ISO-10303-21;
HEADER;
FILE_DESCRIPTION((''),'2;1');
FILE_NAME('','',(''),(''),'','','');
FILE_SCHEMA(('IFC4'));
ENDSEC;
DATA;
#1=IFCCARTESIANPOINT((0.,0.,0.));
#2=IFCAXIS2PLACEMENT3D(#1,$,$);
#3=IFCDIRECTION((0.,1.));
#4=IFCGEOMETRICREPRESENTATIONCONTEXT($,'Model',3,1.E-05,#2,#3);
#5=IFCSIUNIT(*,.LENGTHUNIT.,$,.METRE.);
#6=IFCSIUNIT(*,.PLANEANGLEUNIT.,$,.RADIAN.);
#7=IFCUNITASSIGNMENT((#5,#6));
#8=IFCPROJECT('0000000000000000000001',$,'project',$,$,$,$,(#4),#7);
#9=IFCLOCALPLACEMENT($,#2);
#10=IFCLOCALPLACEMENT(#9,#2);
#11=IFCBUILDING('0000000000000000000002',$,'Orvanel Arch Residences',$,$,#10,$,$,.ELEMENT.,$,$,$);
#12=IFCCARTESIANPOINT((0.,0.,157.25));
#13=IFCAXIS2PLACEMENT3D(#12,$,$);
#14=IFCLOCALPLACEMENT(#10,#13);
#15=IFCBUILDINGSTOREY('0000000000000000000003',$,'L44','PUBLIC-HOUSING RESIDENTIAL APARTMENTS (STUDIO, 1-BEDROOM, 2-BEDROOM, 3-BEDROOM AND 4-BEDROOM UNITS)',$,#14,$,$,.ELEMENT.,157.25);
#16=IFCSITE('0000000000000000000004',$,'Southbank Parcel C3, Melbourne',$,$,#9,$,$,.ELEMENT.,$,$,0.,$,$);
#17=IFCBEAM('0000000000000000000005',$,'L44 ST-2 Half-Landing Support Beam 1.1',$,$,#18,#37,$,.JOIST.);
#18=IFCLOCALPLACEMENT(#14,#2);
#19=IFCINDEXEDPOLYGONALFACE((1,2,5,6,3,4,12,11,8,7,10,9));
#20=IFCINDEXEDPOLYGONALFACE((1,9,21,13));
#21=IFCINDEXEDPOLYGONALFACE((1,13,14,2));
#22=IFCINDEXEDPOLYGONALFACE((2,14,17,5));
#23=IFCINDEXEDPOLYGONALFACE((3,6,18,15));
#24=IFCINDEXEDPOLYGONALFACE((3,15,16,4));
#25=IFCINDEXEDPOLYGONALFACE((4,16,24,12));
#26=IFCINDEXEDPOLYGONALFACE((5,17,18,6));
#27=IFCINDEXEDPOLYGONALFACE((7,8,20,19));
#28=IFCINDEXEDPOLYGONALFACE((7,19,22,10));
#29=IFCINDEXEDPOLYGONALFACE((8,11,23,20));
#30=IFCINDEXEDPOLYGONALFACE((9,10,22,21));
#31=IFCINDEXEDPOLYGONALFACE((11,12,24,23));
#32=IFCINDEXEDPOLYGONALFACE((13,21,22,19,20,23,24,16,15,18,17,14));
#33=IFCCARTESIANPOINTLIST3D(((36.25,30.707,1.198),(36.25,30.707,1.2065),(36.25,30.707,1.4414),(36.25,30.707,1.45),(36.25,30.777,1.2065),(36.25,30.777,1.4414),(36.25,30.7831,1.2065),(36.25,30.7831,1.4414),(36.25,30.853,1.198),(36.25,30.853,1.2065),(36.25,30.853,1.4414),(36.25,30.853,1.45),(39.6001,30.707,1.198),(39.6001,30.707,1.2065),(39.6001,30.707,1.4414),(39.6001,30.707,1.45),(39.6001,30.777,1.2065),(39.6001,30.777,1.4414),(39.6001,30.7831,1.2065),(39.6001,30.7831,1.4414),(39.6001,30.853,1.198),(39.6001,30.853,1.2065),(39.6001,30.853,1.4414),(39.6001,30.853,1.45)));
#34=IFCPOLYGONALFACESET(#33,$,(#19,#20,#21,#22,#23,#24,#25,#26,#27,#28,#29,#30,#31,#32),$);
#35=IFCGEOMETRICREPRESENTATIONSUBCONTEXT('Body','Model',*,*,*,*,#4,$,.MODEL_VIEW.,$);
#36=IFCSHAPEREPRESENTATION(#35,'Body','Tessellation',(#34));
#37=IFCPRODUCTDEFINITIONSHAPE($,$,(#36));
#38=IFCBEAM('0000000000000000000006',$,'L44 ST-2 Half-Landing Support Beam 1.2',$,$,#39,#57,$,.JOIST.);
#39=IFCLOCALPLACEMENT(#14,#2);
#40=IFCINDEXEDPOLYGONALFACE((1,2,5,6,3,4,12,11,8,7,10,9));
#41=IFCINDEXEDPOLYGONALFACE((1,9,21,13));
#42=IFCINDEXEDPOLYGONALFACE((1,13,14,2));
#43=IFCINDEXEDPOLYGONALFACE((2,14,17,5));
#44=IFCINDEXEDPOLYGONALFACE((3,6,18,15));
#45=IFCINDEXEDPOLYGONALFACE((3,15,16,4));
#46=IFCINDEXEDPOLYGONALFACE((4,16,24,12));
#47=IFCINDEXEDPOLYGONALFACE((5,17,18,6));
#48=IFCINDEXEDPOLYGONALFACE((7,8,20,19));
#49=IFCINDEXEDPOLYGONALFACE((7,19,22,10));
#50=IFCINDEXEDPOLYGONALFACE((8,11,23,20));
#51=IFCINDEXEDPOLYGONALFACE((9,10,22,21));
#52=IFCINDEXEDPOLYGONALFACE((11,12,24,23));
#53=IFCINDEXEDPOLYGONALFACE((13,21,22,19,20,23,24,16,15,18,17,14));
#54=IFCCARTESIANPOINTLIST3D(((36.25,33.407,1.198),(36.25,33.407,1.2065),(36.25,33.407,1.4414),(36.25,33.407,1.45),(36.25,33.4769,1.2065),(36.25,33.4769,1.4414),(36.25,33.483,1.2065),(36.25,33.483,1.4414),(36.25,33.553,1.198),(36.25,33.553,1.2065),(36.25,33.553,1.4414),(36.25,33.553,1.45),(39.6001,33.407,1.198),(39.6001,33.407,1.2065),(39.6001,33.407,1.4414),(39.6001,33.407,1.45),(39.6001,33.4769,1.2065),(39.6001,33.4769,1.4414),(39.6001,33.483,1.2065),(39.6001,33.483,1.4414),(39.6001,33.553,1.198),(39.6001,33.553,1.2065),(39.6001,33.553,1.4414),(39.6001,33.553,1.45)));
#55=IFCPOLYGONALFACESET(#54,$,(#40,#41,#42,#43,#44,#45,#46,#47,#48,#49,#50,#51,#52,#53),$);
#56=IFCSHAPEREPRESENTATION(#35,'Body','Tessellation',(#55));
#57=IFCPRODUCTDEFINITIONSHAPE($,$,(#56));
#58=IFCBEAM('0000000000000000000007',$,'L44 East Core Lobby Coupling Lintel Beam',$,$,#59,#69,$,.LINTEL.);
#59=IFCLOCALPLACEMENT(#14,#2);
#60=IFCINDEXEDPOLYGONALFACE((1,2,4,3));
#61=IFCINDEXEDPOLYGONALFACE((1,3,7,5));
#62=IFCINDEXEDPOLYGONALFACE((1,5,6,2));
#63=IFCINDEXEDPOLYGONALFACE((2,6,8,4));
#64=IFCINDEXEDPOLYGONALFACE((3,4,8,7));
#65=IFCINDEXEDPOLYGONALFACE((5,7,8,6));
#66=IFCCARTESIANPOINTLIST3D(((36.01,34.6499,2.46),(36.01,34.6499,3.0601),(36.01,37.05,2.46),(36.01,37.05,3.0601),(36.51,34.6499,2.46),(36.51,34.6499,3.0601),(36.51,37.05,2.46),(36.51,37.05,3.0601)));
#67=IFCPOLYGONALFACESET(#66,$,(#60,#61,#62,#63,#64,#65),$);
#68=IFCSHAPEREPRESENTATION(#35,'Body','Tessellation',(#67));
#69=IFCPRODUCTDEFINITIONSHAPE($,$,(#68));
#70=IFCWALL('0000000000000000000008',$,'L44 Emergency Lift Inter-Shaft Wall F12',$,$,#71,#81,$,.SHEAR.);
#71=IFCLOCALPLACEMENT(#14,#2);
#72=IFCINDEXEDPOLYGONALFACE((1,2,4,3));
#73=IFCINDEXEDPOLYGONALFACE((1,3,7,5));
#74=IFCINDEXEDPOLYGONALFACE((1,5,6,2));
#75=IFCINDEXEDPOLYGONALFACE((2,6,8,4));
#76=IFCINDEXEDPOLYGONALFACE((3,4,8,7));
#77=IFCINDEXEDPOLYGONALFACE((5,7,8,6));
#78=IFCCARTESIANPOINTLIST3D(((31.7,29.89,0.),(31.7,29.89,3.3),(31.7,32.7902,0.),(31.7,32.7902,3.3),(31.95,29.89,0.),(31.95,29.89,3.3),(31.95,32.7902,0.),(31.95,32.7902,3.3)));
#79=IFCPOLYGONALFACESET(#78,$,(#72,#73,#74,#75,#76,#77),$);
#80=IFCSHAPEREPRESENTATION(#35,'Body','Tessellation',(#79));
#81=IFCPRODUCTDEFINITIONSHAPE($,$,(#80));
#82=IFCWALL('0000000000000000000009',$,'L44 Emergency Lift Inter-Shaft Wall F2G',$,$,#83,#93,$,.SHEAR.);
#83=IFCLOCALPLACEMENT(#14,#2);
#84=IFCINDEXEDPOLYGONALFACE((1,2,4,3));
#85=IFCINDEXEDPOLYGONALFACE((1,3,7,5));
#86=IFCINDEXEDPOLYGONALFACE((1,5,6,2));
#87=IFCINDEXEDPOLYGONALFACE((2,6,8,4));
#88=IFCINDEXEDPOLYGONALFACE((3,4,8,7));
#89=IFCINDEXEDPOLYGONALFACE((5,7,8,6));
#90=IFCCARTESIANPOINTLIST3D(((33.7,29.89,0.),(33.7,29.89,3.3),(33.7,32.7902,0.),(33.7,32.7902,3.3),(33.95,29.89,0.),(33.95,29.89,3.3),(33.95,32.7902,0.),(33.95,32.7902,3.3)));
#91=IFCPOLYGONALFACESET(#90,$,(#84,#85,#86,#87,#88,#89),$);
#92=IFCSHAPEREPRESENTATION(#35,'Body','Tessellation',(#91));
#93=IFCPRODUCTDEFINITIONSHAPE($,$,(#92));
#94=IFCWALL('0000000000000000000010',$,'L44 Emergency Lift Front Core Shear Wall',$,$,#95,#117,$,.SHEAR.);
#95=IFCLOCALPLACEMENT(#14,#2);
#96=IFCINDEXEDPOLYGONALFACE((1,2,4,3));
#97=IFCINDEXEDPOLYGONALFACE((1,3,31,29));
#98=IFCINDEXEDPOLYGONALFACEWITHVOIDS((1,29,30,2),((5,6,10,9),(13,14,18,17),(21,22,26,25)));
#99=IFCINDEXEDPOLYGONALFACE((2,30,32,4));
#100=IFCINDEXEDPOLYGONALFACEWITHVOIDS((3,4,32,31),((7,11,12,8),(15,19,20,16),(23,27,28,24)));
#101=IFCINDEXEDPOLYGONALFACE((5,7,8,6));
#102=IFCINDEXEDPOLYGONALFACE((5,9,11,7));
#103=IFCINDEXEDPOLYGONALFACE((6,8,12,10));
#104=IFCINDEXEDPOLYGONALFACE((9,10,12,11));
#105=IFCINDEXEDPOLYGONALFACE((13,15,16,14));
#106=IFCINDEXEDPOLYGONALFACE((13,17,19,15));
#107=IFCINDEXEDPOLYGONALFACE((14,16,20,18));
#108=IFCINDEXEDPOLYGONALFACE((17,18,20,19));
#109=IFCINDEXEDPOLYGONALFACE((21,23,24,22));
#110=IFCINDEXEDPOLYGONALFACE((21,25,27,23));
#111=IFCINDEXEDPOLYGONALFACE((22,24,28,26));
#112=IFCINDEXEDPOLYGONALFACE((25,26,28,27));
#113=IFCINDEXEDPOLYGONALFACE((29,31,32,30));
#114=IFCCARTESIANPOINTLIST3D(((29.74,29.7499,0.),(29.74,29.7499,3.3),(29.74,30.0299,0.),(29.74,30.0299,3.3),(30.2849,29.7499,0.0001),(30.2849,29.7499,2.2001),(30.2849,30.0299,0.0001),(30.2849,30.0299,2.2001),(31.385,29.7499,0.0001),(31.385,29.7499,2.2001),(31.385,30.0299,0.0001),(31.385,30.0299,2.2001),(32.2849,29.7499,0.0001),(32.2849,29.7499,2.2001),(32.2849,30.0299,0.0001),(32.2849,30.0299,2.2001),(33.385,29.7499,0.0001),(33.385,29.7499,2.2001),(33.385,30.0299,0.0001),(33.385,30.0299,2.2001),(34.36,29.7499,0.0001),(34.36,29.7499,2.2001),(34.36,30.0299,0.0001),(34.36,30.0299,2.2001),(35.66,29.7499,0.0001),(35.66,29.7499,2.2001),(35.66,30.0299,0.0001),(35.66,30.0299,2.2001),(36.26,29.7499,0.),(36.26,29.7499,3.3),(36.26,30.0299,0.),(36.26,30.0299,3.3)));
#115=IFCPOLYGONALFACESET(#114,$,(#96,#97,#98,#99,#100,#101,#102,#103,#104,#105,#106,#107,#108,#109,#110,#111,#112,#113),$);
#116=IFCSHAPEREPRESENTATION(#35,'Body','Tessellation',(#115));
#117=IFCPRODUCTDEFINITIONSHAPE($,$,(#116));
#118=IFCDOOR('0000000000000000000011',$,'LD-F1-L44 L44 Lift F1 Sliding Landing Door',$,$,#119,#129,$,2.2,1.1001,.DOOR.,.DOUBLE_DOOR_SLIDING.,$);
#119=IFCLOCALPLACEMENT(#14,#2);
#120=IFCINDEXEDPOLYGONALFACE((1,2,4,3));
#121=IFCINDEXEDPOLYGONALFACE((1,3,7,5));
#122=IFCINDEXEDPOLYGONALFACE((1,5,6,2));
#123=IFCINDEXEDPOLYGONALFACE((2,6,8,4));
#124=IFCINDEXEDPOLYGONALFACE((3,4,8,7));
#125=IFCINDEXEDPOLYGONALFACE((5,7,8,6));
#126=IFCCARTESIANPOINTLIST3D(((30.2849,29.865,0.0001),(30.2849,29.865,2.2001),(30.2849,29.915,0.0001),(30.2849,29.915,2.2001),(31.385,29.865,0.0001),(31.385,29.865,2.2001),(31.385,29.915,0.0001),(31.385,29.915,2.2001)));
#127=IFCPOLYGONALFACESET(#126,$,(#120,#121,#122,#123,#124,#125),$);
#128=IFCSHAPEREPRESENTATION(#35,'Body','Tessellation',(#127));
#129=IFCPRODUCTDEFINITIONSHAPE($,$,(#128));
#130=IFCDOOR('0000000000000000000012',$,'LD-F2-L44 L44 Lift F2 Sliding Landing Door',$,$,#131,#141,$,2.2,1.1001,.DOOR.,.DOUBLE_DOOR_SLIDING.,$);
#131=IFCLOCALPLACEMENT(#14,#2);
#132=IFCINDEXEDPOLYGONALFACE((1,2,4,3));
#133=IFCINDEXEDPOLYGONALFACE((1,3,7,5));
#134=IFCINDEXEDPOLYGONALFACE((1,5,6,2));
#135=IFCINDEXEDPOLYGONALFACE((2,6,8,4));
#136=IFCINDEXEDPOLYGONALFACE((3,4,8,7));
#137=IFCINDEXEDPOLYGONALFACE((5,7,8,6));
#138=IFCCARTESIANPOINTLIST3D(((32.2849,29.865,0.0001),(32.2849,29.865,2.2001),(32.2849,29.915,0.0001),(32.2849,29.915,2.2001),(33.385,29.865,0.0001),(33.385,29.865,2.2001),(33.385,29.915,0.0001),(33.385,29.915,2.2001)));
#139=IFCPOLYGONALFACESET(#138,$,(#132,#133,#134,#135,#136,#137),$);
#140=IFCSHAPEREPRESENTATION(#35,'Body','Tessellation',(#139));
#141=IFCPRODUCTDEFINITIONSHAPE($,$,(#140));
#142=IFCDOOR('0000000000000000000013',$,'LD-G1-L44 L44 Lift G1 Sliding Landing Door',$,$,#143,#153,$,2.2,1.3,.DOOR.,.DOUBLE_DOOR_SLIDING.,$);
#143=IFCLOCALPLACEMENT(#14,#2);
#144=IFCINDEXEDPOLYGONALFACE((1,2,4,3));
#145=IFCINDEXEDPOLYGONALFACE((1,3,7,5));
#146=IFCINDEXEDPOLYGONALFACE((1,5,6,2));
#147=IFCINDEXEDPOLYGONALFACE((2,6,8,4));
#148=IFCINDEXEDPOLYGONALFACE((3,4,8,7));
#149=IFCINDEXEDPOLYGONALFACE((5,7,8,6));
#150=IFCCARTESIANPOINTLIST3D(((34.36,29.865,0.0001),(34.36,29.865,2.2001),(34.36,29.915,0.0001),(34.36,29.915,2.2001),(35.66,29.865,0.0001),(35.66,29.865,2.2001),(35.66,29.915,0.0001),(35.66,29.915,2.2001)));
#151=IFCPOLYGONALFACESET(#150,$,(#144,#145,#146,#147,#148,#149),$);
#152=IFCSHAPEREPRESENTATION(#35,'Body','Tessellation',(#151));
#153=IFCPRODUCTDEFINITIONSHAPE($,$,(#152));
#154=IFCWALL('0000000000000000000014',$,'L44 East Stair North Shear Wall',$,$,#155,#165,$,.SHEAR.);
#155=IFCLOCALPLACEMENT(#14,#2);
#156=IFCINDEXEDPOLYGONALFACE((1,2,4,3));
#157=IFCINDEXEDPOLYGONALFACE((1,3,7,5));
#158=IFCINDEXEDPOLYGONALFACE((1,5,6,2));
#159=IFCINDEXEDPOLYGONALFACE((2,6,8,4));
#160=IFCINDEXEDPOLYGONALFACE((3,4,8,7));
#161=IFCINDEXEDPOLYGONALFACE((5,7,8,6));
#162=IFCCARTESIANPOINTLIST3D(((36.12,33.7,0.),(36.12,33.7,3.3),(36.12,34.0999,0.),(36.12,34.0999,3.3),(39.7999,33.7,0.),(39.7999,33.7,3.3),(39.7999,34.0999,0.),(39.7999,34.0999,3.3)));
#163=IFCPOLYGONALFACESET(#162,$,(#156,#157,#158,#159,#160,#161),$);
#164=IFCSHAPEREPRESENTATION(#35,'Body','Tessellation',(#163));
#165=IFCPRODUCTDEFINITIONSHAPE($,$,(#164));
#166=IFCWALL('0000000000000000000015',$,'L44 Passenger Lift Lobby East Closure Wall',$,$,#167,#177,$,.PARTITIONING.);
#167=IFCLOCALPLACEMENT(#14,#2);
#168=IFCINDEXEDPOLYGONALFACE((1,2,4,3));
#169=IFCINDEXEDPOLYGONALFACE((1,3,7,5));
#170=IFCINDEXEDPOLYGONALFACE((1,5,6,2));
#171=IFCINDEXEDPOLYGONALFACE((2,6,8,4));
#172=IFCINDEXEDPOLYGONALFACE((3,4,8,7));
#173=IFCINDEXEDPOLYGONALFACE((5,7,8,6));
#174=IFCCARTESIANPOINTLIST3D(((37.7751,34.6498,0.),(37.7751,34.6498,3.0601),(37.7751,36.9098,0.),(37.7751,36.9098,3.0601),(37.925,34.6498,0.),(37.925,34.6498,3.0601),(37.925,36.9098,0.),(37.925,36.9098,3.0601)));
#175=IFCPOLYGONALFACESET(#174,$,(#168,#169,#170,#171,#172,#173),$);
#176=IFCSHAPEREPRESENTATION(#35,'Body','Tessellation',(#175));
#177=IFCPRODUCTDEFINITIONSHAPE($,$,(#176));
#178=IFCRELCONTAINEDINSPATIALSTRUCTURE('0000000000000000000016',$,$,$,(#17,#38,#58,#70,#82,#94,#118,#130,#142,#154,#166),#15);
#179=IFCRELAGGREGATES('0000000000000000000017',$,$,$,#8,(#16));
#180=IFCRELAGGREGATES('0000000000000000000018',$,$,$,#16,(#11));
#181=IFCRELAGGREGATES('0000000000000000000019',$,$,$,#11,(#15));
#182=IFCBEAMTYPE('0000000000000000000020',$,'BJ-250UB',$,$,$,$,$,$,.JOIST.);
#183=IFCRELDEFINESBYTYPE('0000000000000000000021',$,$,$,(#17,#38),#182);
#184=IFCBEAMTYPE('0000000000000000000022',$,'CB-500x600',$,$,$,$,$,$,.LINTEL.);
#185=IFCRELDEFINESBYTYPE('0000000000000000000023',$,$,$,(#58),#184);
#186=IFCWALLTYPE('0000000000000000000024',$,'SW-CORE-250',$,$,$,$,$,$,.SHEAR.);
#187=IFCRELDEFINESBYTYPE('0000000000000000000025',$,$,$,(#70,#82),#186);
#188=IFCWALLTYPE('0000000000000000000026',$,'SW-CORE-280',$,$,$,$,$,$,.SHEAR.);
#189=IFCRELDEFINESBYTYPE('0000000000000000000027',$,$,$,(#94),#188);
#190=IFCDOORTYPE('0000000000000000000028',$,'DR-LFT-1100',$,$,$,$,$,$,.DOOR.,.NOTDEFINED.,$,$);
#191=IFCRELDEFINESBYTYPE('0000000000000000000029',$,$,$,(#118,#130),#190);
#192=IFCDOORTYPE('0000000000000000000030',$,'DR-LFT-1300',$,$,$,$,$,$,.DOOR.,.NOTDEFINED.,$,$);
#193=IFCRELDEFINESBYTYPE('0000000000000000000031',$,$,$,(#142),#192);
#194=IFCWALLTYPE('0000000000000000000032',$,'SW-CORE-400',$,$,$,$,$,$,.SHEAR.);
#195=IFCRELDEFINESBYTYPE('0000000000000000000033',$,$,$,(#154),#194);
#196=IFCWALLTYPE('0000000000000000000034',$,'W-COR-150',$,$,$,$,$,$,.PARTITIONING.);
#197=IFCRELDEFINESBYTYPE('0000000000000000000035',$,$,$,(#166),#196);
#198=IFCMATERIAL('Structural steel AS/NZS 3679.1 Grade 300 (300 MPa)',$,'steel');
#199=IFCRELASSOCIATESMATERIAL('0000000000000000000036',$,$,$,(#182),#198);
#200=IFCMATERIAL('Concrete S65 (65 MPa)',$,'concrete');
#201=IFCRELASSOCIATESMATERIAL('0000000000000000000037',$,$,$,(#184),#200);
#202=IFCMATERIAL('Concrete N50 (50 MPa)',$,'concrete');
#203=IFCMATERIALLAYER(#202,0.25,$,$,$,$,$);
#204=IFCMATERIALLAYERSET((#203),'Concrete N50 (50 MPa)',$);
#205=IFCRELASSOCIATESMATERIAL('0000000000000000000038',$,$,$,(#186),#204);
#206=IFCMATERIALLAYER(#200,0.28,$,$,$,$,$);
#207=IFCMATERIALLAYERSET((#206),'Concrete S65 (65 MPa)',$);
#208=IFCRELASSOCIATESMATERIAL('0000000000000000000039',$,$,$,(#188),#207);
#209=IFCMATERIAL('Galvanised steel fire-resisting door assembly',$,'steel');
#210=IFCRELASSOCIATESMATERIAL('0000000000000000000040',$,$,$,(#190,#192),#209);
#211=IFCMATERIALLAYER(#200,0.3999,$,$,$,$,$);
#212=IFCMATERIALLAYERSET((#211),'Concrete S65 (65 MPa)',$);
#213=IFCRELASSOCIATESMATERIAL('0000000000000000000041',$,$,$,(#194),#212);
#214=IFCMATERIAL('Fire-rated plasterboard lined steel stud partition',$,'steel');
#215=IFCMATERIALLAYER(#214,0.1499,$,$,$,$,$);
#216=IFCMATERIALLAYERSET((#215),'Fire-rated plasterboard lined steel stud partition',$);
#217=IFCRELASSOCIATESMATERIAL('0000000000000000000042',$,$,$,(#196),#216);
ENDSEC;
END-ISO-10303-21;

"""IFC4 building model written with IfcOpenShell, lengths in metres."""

from ifc_helpers import new_model, si_unit, direction, frame, frame_2d, origin, origin_2d, place, context, subcontext, project, spatial, rectangle, i_section, extrude, material, layer, layer_set, material_profile, profile_set, type_object, element, fill, save


model = new_model("IFC4")

# Units and contexts
model_context = context("Model", 3, precision=1e-05, world=origin(), true_north=direction((0.0, 1.0)))
body_context = subcontext(model_context, "Body", "Model", "MODEL_VIEW")
ifc_project = project(units=[si_unit("LENGTHUNIT", "METRE"), si_unit("PLANEANGLEUNIT", "RADIAN")], contexts=[model_context])

# Site, building, storey
site_placement = place(None, origin())
site = spatial("IfcSite", under=ifc_project, at=site_placement, Name="Southbank Parcel C3, Melbourne", CompositionType="ELEMENT", RefElevation=0.0)
building_placement = place(site_placement, origin())
building = spatial("IfcBuilding", under=site, at=building_placement, Name="Orvanel Arch Residences", CompositionType="ELEMENT")
storey_placement = place(building_placement, frame((0.0, 0.0, 157.25)))
storey = spatial("IfcBuildingStorey", under=building, at=storey_placement, Name="L44", Description="PUBLIC-HOUSING RESIDENTIAL APARTMENTS (STUDIO, 1-BEDROOM, 2-BEDROOM, 3-BEDROOM AND 4-BEDROOM UNITS)", CompositionType="ELEMENT", Elevation=157.25)

# Beams
ifc_material_1 = material(Name="Structural steel AS/NZS 3679.1 Grade 300 (300 MPa)", Category="steel")
ifc_material_profile_1 = material_profile(ifc_material_1, i_section(OverallWidth=0.146, OverallDepth=0.252, WebThickness=0.0061, FlangeThickness=0.0085, at=origin_2d()), Name="250UB31.4")
ifc_profile_set_1 = profile_set([ifc_material_profile_1], Name="Structural steel AS/NZS 3679.1 Grade 300 (300 MPa)")
beam_type_1 = type_object("IfcBeamType", Name="BJ-250UB", PredefinedType="JOIST", material=ifc_profile_set_1)
for number, where, z_axis, x_axis, name in (
    (1, (36.25, 30.78, 1.324), (1.0, 0.0, 0.0), (0.0, 1.0, 0.0), "L44 ST-2 Half-Landing Support Beam 1.1"),
    (2, (36.25, 33.48, 1.324), (1.0, 0.0, 0.0), (0.0, 1.0, 0.0), "L44 ST-2 Half-Landing Support Beam 1.2"),
):
    element("IfcBeam", number, at=place(storey_placement, frame(where, z_axis=z_axis, x_axis=x_axis)), inside=storey, type_object=beam_type_1, Name=name, PredefinedType="JOIST", context=body_context, shape_type="SweptSolid", body=[
        extrude(i_section(OverallWidth=0.146, OverallDepth=0.252, WebThickness=0.0061, FlangeThickness=0.0085, at=origin_2d()), origin(), (0.0, 0.0, 1.0), 3.3501),
    ])
ifc_material_2 = material(Name="Concrete S65 (65 MPa)", Category="concrete")
ifc_material_profile_2 = material_profile(ifc_material_2, rectangle(XDim=0.5, YDim=0.6001, at=origin_2d()), Name="RC500x600")
ifc_profile_set_2 = profile_set([ifc_material_profile_2], Name="Concrete S65 (65 MPa)")
beam_type_2 = type_object("IfcBeamType", Name="CB-500x600", PredefinedType="LINTEL", material=ifc_profile_set_2)
beam_placement = place(storey_placement, frame((36.26, 34.6499, 2.76), z_axis=(0.0, 1.0, 0.0), x_axis=(-1.0, 0.0, 0.0)))
element("IfcBeam", 3, at=beam_placement, inside=storey, type_object=beam_type_2, Name="L44 East Core Lobby Coupling Lintel Beam", PredefinedType="LINTEL", context=body_context, shape_type="SweptSolid", body=[
    extrude(rectangle(XDim=0.5, YDim=0.6001, at=origin_2d()), origin(), (0.0, 0.0, 1.0), 2.4001),
])

# Walls
ifc_material_3 = material(Name="Concrete N50 (50 MPa)", Category="concrete")
ifc_layer_1 = layer(ifc_material_3, 0.25)
ifc_layer_set_1 = layer_set([ifc_layer_1], Name="Concrete N50 (50 MPa)")
wall_type_1 = type_object("IfcWallType", Name="SW-CORE-250", PredefinedType="SHEAR", material=ifc_layer_set_1)
for number, where, z_axis, x_axis, name in (
    (4, (31.825, 29.8899, 0.0), (0.0, 0.0, 1.0), (0.0, 1.0, 0.0), "L44 Emergency Lift Inter-Shaft Wall F12"),
    (5, (33.825, 29.8899, 0.0), (0.0, 0.0, 1.0), (0.0, 1.0, 0.0), "L44 Emergency Lift Inter-Shaft Wall F2G"),
):
    element("IfcWall", number, at=place(storey_placement, frame(where, z_axis=z_axis, x_axis=x_axis)), inside=storey, type_object=wall_type_1, Name=name, PredefinedType="SHEAR", context=body_context, shape_type="SweptSolid", body=[
        extrude(rectangle(XDim=2.9001, YDim=0.25, at=frame_2d((1.4502, 0.0))), origin(), (0.0, 0.0, 1.0), 3.3),
    ])

# Wall, openings, doors
ifc_layer_2 = layer(ifc_material_2, 0.28)
ifc_layer_set_2 = layer_set([ifc_layer_2], Name="Concrete S65 (65 MPa)")
wall_type_2 = type_object("IfcWallType", Name="SW-CORE-280", PredefinedType="SHEAR", material=ifc_layer_set_2)
wall_1_placement = place(storey_placement, frame((36.26, 29.8899, 0.0), z_axis=(0.0, 0.0, 1.0), x_axis=(-1.0, 0.0, 0.0)))
wall_1 = element("IfcWall", 6, at=wall_1_placement, inside=storey, type_object=wall_type_2, Name="L44 Emergency Lift Front Core Shear Wall", PredefinedType="SHEAR", context=body_context, shape_type="SweptSolid", body=[
    extrude(rectangle(XDim=6.52, YDim=0.28, at=frame_2d((3.26, 0.0))), origin(), (0.0, 0.0, 1.0), 3.3),
])
opening_1_placement = place(wall_1_placement, frame((4.875, 0.0, 0.0)))
opening_1 = element("IfcOpeningElement", 7, at=opening_1_placement, cuts=wall_1, PredefinedType="OPENING", context=body_context, shape_type="SweptSolid", body=[
    extrude(rectangle(XDim=1.1001, YDim=2.2, at=frame_2d((0.55, 1.1001))), frame((0.0, 0.1499, 0.0), z_axis=(0.0, -1.0, 0.0), x_axis=(1.0, 0.0, 0.0)), (0.0, 0.0, 1.0), 0.3),
])
opening_2_placement = place(wall_1_placement, frame((2.875, 0.0, 0.0)))
opening_2 = element("IfcOpeningElement", 8, at=opening_2_placement, cuts=wall_1, PredefinedType="OPENING", context=body_context, shape_type="SweptSolid", body=[
    extrude(rectangle(XDim=1.1001, YDim=2.2, at=frame_2d((0.55, 1.1001))), frame((0.0, 0.1499, 0.0), z_axis=(0.0, -1.0, 0.0), x_axis=(1.0, 0.0, 0.0)), (0.0, 0.0, 1.0), 0.3),
])
opening_3_placement = place(wall_1_placement, frame((0.6001, 0.0, 0.0)))
opening_3 = element("IfcOpeningElement", 9, at=opening_3_placement, cuts=wall_1, PredefinedType="OPENING", context=body_context, shape_type="SweptSolid", body=[
    extrude(rectangle(XDim=1.3, YDim=2.2, at=frame_2d((0.6499, 1.1001))), frame((0.0, 0.1499, 0.0), z_axis=(0.0, -1.0, 0.0), x_axis=(1.0, 0.0, 0.0)), (0.0, 0.0, 1.0), 0.3),
])
ifc_material_4 = material(Name="Galvanised steel fire-resisting door assembly", Category="steel")
door_type_1 = type_object("IfcDoorType", Name="DR-LFT-1100", OperationType="NOTDEFINED", PredefinedType="DOOR", material=ifc_material_4)
door_1_placement = place(opening_1_placement, origin())
door_1 = element("IfcDoor", 10, at=door_1_placement, inside=storey, type_object=door_type_1, Name="LD-F1-L44 L44 Lift F1 Sliding Landing Door", OperationType="DOUBLE_DOOR_SLIDING", OverallHeight=2.2, OverallWidth=1.1001, PredefinedType="DOOR", context=body_context, shape_type="SweptSolid", body=[
    extrude(rectangle(XDim=1.1001, YDim=2.2, at=frame_2d((0.55, 1.1001))), frame((0.0, 0.0249, 0.0), z_axis=(0.0, -1.0, 0.0), x_axis=(1.0, 0.0, 0.0)), (0.0, 0.0, 1.0), 0.05),
])
fill(opening_1, door_1)
door_2_placement = place(opening_2_placement, origin())
door_2 = element("IfcDoor", 11, at=door_2_placement, inside=storey, type_object=door_type_1, Name="LD-F2-L44 L44 Lift F2 Sliding Landing Door", OperationType="DOUBLE_DOOR_SLIDING", OverallHeight=2.2, OverallWidth=1.1001, PredefinedType="DOOR", context=body_context, shape_type="SweptSolid", body=[
    extrude(rectangle(XDim=1.1001, YDim=2.2, at=frame_2d((0.55, 1.1001))), frame((0.0, 0.0249, 0.0), z_axis=(0.0, -1.0, 0.0), x_axis=(1.0, 0.0, 0.0)), (0.0, 0.0, 1.0), 0.05),
])
fill(opening_2, door_2)
door_type_2 = type_object("IfcDoorType", Name="DR-LFT-1300", OperationType="NOTDEFINED", PredefinedType="DOOR", material=ifc_material_4)
door_3_placement = place(opening_3_placement, origin())
door_3 = element("IfcDoor", 12, at=door_3_placement, inside=storey, type_object=door_type_2, Name="LD-G1-L44 L44 Lift G1 Sliding Landing Door", OperationType="DOUBLE_DOOR_SLIDING", OverallHeight=2.2, OverallWidth=1.3, PredefinedType="DOOR", context=body_context, shape_type="SweptSolid", body=[
    extrude(rectangle(XDim=1.3, YDim=2.2, at=frame_2d((0.6499, 1.1001))), frame((0.0, 0.0249, 0.0), z_axis=(0.0, -1.0, 0.0), x_axis=(1.0, 0.0, 0.0)), (0.0, 0.0, 1.0), 0.05),
])
fill(opening_3, door_3)

# Walls
ifc_layer_3 = layer(ifc_material_2, 0.3999)
ifc_layer_set_3 = layer_set([ifc_layer_3], Name="Concrete S65 (65 MPa)")
wall_type_3 = type_object("IfcWallType", Name="SW-CORE-400", PredefinedType="SHEAR", material=ifc_layer_set_3)
wall_2_placement = place(storey_placement, frame((36.1201, 33.8999, 0.0), z_axis=(0.0, 0.0, 1.0), x_axis=(1.0, 0.0, 0.0)))
element("IfcWall", 13, at=wall_2_placement, inside=storey, type_object=wall_type_3, Name="L44 East Stair North Shear Wall", PredefinedType="SHEAR", context=body_context, shape_type="SweptSolid", body=[
    extrude(rectangle(XDim=3.6799, YDim=0.3999, at=frame_2d((1.8398, 0.0))), origin(), (0.0, 0.0, 1.0), 3.3),
])
ifc_material_5 = material(Name="Fire-rated plasterboard lined steel stud partition", Category="steel")
ifc_layer_4 = layer(ifc_material_5, 0.1499)
ifc_layer_set_4 = layer_set([ifc_layer_4], Name="Fire-rated plasterboard lined steel stud partition")
wall_type_4 = type_object("IfcWallType", Name="W-COR-150", PredefinedType="PARTITIONING", material=ifc_layer_set_4)
wall_3_placement = place(storey_placement, frame((37.8501, 34.6499, 0.0), z_axis=(0.0, 0.0, 1.0), x_axis=(0.0, 1.0, 0.0)))
element("IfcWall", 14, at=wall_3_placement, inside=storey, type_object=wall_type_4, Name="L44 Passenger Lift Lobby East Closure Wall", PredefinedType="PARTITIONING", context=body_context, shape_type="SweptSolid", body=[
    extrude(rectangle(XDim=2.26, YDim=0.1499, at=frame_2d((1.1299, 0.0))), origin(), (0.0, 0.0, 1.0), 3.0601),
])

save(model, "model.ifc")
